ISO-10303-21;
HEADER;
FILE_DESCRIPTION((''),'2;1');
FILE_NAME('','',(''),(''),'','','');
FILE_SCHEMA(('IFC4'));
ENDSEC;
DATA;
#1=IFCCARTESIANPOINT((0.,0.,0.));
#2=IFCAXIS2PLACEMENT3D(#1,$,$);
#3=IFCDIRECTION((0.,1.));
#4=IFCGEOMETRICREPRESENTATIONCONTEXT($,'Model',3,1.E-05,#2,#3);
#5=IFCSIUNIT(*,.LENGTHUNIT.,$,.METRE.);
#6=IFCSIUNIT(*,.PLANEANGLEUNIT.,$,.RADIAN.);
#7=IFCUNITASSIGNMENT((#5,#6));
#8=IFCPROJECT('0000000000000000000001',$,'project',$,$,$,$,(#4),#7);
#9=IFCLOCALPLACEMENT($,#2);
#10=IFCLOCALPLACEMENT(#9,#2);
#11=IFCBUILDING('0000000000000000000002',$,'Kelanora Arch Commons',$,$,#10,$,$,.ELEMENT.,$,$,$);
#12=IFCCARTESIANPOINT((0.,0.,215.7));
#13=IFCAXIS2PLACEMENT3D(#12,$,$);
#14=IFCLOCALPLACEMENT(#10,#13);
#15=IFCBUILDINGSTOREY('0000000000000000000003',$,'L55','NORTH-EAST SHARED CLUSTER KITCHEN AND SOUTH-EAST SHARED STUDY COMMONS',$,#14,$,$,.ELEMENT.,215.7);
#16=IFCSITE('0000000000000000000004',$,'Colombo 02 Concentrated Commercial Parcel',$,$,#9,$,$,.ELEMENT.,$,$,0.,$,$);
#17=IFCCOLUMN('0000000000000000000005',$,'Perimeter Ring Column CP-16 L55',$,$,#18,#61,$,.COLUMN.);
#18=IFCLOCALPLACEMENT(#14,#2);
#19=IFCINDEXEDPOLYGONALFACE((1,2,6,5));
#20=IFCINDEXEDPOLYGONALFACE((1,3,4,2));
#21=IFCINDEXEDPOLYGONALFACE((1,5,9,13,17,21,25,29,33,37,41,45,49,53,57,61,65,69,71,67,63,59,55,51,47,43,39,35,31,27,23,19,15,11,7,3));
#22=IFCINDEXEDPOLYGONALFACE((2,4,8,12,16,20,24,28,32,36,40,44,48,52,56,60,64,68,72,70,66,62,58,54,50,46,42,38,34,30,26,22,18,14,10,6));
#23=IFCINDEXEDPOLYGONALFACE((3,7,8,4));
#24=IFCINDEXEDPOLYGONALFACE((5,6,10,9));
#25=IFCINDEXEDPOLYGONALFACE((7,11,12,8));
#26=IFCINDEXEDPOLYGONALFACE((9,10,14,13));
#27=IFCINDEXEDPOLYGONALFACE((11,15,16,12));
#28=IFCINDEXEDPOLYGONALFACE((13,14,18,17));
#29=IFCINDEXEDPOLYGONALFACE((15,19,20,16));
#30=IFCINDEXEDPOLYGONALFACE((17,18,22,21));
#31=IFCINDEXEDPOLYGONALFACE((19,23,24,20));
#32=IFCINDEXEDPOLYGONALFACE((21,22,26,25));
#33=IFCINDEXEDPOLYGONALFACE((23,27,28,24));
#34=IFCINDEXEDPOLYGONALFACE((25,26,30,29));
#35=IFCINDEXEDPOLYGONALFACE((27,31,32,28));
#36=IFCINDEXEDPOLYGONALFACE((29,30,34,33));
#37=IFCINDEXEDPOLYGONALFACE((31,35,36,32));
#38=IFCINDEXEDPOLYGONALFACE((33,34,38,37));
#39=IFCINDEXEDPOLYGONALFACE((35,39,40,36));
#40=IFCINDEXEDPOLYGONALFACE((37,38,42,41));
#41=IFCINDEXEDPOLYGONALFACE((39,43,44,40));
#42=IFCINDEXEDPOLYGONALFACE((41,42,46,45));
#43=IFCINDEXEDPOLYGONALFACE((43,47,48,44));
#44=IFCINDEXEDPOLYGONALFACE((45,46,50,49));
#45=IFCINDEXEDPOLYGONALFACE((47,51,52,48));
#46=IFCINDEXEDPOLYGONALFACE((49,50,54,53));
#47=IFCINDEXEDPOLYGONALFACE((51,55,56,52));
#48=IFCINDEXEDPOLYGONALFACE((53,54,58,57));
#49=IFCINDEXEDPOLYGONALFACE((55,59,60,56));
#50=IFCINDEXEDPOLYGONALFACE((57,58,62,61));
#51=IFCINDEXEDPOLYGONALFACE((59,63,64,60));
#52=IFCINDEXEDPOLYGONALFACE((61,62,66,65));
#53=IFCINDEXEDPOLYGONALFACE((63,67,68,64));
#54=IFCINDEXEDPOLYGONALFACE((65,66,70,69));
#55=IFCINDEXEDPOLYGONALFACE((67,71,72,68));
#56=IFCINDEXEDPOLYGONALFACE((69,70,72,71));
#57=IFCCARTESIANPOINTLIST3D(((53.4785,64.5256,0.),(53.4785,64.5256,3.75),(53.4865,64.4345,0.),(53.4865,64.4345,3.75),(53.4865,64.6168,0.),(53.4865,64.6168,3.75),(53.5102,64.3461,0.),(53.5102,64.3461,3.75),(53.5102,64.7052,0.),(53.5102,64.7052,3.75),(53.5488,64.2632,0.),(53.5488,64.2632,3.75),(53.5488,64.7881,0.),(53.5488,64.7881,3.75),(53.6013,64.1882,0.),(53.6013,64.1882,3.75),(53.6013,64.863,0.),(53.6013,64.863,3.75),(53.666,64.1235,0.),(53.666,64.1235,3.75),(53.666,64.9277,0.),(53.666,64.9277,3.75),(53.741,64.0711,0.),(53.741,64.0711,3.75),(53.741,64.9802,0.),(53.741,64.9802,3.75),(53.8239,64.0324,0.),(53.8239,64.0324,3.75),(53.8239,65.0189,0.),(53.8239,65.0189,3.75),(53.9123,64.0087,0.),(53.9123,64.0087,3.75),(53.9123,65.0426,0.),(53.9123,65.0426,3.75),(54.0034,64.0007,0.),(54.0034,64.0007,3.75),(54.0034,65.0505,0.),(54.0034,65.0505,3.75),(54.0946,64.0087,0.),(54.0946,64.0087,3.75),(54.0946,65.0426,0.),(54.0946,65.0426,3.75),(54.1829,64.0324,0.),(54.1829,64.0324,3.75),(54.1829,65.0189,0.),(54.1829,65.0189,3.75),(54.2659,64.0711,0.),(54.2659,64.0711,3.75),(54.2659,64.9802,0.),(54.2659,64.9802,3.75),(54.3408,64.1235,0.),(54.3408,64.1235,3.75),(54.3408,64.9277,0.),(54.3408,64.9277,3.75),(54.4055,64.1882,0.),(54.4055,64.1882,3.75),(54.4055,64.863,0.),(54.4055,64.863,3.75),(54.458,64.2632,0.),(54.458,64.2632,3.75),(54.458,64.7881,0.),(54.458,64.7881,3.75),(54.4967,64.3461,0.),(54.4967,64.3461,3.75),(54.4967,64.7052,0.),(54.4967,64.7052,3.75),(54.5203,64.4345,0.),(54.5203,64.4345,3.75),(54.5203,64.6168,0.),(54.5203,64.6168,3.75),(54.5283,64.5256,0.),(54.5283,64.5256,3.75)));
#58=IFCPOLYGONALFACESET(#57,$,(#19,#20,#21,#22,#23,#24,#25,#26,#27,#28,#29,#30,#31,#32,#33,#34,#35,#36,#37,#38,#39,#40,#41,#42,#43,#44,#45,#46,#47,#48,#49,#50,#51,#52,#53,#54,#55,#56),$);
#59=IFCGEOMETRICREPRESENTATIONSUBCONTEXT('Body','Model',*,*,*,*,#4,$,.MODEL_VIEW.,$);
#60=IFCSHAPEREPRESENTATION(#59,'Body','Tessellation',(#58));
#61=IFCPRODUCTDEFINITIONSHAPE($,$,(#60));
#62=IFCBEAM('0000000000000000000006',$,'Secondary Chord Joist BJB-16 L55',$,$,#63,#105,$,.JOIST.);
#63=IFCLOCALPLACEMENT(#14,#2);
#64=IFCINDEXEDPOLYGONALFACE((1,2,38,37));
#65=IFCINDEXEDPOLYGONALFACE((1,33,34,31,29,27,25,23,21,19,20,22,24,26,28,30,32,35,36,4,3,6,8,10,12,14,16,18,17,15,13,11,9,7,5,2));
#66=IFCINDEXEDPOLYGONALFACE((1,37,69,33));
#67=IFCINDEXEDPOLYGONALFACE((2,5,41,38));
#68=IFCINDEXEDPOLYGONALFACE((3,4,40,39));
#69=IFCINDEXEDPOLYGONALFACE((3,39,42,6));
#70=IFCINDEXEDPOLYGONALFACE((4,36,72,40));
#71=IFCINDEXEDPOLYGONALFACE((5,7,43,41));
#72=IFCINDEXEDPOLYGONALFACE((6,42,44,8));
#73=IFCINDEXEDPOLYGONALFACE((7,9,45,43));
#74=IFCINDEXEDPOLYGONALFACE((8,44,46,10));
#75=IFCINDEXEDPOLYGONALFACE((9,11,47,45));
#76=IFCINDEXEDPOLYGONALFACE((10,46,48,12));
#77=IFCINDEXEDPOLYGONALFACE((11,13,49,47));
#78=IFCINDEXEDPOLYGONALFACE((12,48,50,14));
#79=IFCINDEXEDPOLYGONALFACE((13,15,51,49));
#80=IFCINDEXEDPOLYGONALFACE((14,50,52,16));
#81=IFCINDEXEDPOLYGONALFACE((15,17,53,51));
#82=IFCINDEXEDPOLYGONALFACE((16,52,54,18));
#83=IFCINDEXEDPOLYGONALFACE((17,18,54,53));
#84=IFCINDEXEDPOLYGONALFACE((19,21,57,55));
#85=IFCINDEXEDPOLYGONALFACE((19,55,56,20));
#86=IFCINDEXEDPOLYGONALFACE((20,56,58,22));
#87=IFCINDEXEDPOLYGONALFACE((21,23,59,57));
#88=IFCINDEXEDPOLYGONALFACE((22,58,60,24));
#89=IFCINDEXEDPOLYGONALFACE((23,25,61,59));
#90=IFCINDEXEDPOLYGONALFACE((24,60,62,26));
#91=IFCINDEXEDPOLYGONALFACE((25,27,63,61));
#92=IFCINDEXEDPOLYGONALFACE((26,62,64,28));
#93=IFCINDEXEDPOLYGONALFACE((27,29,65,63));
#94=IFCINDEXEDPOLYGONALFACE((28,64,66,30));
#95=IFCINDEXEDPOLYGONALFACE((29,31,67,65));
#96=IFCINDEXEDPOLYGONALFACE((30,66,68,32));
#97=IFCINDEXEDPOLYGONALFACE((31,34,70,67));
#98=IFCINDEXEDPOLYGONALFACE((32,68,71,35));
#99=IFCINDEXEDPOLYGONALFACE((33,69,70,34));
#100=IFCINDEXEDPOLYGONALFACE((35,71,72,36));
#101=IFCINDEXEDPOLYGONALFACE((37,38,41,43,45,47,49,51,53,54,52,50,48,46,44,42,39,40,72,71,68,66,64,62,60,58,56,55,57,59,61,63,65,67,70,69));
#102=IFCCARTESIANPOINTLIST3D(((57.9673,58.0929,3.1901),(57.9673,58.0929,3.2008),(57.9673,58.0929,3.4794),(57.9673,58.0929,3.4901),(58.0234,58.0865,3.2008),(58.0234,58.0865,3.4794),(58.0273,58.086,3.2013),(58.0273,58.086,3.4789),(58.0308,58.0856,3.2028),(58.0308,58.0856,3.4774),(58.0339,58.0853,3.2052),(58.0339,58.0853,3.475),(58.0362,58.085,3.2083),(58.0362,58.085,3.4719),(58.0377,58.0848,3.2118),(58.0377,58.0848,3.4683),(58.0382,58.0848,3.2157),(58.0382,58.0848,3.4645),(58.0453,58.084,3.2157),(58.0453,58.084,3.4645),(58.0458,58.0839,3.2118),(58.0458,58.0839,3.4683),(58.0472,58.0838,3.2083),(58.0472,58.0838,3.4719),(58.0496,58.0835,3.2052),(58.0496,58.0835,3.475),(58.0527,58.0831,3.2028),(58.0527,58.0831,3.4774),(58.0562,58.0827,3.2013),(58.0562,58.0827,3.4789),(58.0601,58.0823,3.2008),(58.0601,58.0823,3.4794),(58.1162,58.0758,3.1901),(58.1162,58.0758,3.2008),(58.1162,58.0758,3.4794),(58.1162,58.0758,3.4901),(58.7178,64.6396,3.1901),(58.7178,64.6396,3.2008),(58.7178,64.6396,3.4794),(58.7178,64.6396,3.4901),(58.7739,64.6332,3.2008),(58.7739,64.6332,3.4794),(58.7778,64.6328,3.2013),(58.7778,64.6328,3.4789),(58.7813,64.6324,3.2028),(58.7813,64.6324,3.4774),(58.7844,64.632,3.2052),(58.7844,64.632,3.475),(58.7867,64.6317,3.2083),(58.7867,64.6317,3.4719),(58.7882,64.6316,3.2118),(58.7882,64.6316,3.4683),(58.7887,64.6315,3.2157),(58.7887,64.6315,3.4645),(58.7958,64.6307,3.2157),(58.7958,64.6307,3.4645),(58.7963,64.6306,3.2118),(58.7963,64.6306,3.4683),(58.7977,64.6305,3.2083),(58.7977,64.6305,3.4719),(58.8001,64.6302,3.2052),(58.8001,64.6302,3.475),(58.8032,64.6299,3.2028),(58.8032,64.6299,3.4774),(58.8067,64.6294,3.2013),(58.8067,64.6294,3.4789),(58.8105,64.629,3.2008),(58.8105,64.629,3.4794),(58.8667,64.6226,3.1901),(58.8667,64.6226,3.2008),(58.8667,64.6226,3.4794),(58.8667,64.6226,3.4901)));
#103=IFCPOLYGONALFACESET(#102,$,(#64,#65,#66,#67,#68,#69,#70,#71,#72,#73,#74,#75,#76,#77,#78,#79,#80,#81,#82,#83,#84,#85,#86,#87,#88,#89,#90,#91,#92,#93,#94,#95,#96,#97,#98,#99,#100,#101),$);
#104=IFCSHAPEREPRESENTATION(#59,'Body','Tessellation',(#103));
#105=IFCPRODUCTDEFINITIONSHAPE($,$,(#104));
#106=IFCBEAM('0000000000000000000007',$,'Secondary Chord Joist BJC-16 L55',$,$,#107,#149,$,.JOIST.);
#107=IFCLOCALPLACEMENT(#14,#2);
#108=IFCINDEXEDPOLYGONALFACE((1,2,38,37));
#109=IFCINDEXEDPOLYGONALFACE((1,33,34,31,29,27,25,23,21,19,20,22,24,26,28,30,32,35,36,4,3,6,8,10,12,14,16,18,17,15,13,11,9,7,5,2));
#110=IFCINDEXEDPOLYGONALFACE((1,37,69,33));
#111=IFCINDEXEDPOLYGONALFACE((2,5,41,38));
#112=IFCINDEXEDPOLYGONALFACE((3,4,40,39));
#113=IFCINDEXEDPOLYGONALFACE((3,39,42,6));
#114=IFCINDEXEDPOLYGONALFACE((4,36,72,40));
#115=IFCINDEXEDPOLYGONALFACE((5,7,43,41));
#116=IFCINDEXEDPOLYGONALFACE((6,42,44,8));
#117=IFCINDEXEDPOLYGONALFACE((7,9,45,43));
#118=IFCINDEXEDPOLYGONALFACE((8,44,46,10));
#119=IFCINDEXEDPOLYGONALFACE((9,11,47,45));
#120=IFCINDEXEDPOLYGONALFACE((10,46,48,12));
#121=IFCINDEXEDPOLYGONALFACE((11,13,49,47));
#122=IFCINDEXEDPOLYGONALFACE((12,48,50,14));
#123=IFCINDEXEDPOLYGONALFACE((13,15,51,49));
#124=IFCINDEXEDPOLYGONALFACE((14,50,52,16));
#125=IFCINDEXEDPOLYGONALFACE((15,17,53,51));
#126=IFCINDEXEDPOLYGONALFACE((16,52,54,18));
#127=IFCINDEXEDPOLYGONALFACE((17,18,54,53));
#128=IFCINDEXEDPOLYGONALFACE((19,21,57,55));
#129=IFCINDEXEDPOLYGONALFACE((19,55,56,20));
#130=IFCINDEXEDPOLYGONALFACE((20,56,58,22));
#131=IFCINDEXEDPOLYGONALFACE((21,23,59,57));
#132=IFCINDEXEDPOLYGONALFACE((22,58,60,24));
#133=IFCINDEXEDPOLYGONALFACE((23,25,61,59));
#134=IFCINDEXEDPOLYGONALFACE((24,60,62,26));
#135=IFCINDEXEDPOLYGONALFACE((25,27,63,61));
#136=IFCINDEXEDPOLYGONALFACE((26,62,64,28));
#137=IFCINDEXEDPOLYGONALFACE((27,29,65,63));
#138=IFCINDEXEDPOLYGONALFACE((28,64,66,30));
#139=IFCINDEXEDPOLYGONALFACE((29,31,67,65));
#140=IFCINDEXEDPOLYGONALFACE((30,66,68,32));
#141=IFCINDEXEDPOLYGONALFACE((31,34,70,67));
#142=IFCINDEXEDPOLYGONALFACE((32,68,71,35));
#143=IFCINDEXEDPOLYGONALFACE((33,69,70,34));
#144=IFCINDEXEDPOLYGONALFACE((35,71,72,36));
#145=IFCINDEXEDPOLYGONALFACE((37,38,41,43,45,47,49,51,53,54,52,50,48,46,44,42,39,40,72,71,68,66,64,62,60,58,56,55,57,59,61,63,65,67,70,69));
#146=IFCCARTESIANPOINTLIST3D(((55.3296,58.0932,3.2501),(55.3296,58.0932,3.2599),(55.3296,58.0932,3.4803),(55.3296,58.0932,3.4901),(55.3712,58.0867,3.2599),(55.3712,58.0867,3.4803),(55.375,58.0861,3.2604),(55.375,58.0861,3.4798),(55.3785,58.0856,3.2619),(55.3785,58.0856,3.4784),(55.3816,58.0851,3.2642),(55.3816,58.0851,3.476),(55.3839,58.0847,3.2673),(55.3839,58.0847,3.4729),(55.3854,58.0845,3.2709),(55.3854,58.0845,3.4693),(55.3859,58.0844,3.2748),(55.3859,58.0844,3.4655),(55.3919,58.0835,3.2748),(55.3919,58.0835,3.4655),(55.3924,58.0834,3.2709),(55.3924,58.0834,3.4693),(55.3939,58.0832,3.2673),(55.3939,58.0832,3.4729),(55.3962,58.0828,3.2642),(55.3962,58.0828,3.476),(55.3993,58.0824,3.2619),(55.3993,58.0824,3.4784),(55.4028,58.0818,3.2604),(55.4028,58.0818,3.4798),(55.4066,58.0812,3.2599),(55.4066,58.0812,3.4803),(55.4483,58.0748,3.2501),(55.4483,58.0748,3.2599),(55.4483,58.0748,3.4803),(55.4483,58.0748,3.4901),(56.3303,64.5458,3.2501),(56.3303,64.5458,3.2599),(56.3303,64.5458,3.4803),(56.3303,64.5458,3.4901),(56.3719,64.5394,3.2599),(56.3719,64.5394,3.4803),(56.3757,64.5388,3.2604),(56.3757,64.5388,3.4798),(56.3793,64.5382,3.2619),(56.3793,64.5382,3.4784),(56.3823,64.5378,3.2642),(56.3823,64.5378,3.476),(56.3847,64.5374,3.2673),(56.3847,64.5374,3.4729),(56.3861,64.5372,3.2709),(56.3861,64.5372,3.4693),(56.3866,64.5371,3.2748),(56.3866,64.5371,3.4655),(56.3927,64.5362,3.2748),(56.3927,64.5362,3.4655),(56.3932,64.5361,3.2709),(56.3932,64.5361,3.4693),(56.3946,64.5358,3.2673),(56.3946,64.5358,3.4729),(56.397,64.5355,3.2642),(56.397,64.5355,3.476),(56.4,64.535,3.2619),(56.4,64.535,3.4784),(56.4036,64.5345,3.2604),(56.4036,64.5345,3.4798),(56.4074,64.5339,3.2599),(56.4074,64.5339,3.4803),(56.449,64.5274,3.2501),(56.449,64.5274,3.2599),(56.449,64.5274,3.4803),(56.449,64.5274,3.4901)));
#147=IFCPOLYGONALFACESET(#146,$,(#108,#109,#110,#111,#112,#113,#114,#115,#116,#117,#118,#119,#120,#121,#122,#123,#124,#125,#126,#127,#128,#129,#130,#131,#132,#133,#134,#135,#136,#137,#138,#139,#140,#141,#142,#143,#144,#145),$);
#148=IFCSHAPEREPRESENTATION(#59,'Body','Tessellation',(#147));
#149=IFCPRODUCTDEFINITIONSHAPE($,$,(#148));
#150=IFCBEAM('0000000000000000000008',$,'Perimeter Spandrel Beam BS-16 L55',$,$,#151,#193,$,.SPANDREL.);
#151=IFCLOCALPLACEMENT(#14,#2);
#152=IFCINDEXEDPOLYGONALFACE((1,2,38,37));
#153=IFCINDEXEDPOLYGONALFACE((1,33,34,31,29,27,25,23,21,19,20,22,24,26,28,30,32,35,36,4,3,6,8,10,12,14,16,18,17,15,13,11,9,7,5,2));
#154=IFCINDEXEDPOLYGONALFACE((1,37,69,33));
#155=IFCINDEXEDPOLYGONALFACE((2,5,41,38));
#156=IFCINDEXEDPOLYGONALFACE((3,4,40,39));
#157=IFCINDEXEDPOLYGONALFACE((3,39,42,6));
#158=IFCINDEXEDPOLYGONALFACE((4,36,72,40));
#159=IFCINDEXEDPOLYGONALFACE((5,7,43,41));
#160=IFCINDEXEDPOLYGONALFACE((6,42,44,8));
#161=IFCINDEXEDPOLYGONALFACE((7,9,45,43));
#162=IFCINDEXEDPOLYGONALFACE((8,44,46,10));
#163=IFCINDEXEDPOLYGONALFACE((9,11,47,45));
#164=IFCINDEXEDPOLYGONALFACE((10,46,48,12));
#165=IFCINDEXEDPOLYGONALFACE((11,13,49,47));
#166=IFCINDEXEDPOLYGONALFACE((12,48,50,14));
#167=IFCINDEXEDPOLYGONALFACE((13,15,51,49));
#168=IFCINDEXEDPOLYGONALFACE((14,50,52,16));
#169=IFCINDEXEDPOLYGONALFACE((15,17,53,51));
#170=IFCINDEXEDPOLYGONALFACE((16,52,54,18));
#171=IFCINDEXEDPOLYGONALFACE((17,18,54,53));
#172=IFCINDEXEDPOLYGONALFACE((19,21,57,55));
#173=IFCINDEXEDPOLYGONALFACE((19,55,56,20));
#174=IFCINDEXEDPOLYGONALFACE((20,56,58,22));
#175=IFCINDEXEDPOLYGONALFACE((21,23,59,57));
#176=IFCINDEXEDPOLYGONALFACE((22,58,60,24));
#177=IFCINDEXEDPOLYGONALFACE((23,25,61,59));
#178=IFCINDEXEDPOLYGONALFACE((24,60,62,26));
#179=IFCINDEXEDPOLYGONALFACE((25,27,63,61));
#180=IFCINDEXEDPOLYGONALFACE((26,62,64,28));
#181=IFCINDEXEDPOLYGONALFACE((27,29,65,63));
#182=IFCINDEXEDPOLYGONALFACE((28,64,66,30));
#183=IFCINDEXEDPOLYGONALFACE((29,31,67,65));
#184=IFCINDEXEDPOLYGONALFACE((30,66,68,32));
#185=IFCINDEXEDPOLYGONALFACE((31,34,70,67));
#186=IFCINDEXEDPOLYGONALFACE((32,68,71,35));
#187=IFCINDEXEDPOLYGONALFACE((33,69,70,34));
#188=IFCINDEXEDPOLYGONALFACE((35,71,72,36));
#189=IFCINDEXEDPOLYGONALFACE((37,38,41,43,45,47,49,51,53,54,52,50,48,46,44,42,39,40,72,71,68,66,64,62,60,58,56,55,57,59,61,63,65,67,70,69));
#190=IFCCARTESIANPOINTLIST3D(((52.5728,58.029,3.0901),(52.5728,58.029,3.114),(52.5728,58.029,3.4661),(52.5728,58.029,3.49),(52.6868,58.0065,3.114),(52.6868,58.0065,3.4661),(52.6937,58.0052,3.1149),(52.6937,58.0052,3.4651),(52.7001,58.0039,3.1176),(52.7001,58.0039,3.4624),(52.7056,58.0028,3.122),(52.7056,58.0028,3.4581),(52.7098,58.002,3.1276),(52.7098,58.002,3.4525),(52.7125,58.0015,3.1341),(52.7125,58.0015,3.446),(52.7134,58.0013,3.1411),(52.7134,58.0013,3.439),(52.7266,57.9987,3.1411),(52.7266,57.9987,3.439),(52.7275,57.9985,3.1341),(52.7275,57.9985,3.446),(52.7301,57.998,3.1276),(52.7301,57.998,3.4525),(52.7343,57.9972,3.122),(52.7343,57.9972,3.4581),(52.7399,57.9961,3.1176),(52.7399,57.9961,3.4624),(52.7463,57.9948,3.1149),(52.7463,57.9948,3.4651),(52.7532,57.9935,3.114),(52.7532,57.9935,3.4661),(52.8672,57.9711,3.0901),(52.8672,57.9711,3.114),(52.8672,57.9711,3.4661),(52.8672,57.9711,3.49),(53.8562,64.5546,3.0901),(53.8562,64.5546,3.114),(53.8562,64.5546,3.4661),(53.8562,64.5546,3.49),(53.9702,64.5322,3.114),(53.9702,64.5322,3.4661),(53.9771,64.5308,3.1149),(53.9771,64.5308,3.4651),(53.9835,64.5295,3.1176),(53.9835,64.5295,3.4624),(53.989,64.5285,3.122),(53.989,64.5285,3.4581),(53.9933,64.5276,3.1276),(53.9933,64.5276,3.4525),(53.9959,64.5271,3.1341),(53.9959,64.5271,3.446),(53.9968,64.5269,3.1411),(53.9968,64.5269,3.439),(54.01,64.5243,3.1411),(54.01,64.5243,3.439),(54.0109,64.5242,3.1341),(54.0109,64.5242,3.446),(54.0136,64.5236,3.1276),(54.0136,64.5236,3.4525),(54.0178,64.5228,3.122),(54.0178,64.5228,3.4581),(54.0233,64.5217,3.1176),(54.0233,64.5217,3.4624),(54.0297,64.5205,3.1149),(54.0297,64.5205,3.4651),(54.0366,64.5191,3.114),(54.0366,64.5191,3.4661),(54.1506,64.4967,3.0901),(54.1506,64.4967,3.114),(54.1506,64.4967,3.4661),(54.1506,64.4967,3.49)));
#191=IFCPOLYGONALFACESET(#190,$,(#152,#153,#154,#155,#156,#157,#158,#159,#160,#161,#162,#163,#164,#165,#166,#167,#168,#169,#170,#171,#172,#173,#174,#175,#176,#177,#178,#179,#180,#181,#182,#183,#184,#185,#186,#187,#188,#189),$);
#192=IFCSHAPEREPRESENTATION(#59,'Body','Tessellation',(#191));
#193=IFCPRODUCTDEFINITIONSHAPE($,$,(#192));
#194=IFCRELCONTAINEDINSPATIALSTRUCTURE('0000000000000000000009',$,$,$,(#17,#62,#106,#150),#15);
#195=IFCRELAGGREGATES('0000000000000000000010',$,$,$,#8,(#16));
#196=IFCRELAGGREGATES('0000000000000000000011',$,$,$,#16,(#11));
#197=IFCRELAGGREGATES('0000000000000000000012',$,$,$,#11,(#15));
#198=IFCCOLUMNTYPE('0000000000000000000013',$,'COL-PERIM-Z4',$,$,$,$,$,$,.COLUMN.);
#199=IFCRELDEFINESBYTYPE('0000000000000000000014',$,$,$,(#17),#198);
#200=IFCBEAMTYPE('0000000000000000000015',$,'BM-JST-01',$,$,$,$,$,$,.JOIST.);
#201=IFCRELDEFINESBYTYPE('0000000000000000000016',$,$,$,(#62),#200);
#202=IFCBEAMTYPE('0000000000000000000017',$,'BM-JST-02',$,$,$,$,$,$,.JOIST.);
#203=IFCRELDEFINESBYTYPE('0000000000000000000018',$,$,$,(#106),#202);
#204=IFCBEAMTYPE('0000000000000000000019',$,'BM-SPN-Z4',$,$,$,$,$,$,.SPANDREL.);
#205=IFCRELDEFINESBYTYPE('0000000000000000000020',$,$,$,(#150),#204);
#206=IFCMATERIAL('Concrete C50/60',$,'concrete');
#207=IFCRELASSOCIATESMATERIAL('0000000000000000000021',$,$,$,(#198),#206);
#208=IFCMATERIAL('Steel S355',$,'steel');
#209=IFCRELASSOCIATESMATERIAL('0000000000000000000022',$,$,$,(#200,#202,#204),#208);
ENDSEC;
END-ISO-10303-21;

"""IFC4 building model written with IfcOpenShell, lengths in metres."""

from ifc_helpers import new_model, si_unit, direction, frame, origin, origin_2d, place, context, subcontext, project, spatial, circle, i_section, extrude, material, material_profile, profile_set, type_object, element, save


model = new_model("IFC4")

# Units and contexts
model_context = context("Model", 3, precision=1e-05, world=origin(), true_north=direction((0.0, 1.0)))
body_context = subcontext(model_context, "Body", "Model", "MODEL_VIEW")
ifc_project = project(units=[si_unit("LENGTHUNIT", "METRE"), si_unit("PLANEANGLEUNIT", "RADIAN")], contexts=[model_context])

# Site, building, storey
site_placement = place(None, origin())
site = spatial("IfcSite", under=ifc_project, at=site_placement, Name="Colombo 02 Concentrated Commercial Parcel", CompositionType="ELEMENT", RefElevation=0.0)
building_placement = place(site_placement, origin())
building = spatial("IfcBuilding", under=site, at=building_placement, Name="Kelanora Arch Commons", CompositionType="ELEMENT")
storey_placement = place(building_placement, frame((0.0, 0.0, 215.7)))
storey = spatial("IfcBuildingStorey", under=building, at=storey_placement, Name="L55", Description="NORTH-EAST SHARED CLUSTER KITCHEN AND SOUTH-EAST SHARED STUDY COMMONS", CompositionType="ELEMENT", Elevation=215.7)

# Column
ifc_material_1 = material(Name="Concrete C50/60", Category="concrete")
ifc_material_profile_1 = material_profile(ifc_material_1, circle(Radius=0.5249, at=origin_2d()), Name="RCC1050")
ifc_profile_set_1 = profile_set([ifc_material_profile_1], Name="Concrete C50/60")
column_type = type_object("IfcColumnType", Name="COL-PERIM-Z4", PredefinedType="COLUMN", material=ifc_profile_set_1)
column_placement = place(storey_placement, frame((54.0034, 64.5256, 0.0), z_axis=(0.0, 0.0, 1.0), x_axis=(1.0, 0.0, 0.0)))
element("IfcColumn", 1, at=column_placement, inside=storey, type_object=column_type, Name="Perimeter Ring Column CP-16 L55", PredefinedType="COLUMN", context=body_context, shape_type="SweptSolid", body=[
    extrude(circle(Radius=0.5249, at=origin_2d()), origin(), (0.0, 0.0, 1.0), 3.75),
])

# Beams
ifc_material_2 = material(Name="Steel S355", Category="steel")
ifc_material_profile_2 = material_profile(ifc_material_2, i_section(OverallWidth=0.1499, OverallDepth=0.3, WebThickness=0.0071, FlangeThickness=0.0107, FilletRadius=0.0149, at=origin_2d()), Name="IPE300")
ifc_profile_set_2 = profile_set([ifc_material_profile_2], Name="Steel S355")
beam_type_1 = type_object("IfcBeamType", Name="BM-JST-01", PredefinedType="JOIST", material=ifc_profile_set_2)
beam_1_placement = place(storey_placement, frame((58.7922, 64.6311, 3.3401), z_axis=(-0.113891, -0.993493, 0.0), x_axis=(0.993493, -0.113891, 0.0)))
element("IfcBeam", 2, at=beam_1_placement, inside=storey, type_object=beam_type_1, Name="Secondary Chord Joist BJB-16 L55", PredefinedType="JOIST", context=body_context, shape_type="SweptSolid", body=[
    extrude(i_section(OverallWidth=0.1499, OverallDepth=0.3, WebThickness=0.0071, FlangeThickness=0.0107, FilletRadius=0.0149, at=origin_2d()), origin(), (0.0, 0.0, 1.0), 6.5896),
])
ifc_material_profile_3 = material_profile(ifc_material_2, i_section(OverallWidth=0.1201, OverallDepth=0.24, WebThickness=0.0061, FlangeThickness=0.0098, FilletRadius=0.0149, at=origin_2d()), Name="IPE240")
ifc_profile_set_3 = profile_set([ifc_material_profile_3], Name="Steel S355")
beam_type_2 = type_object("IfcBeamType", Name="BM-JST-02", PredefinedType="JOIST", material=ifc_profile_set_3)
beam_2_placement = place(storey_placement, frame((56.3896, 64.5366, 3.3701), z_axis=(-0.153257, -0.988186, 0.0), x_axis=(0.988186, -0.153257, 0.0)))
element("IfcBeam", 3, at=beam_2_placement, inside=storey, type_object=beam_type_2, Name="Secondary Chord Joist BJC-16 L55", PredefinedType="JOIST", context=body_context, shape_type="SweptSolid", body=[
    extrude(i_section(OverallWidth=0.1201, OverallDepth=0.24, WebThickness=0.0061, FlangeThickness=0.0098, FilletRadius=0.0149, at=origin_2d()), origin(), (0.0, 0.0, 1.0), 6.5298),
])
ifc_material_profile_4 = material_profile(ifc_material_2, i_section(OverallWidth=0.3, OverallDepth=0.3999, WebThickness=0.0134, FlangeThickness=0.0239, FilletRadius=0.0271, at=origin_2d()), Name="HEB400")
ifc_profile_set_4 = profile_set([ifc_material_profile_4], Name="Steel S355")
beam_type_3 = type_object("IfcBeamType", Name="BM-SPN-Z4", PredefinedType="SPANDREL", material=ifc_profile_set_4)
beam_3_placement = place(storey_placement, frame((54.0034, 64.5256, 3.29), z_axis=(-0.192981, -0.981203, 0.0), x_axis=(0.981203, -0.192981, 0.0)))
element("IfcBeam", 4, at=beam_3_placement, inside=storey, type_object=beam_type_3, Name="Perimeter Spandrel Beam BS-16 L55", PredefinedType="SPANDREL", context=body_context, shape_type="SweptSolid", body=[
    extrude(i_section(OverallWidth=0.3, OverallDepth=0.3999, WebThickness=0.0134, FlangeThickness=0.0239, FilletRadius=0.0271, at=origin_2d()), origin(), (0.0, 0.0, 1.0), 6.6506),
])

save(model, "model.ifc")
